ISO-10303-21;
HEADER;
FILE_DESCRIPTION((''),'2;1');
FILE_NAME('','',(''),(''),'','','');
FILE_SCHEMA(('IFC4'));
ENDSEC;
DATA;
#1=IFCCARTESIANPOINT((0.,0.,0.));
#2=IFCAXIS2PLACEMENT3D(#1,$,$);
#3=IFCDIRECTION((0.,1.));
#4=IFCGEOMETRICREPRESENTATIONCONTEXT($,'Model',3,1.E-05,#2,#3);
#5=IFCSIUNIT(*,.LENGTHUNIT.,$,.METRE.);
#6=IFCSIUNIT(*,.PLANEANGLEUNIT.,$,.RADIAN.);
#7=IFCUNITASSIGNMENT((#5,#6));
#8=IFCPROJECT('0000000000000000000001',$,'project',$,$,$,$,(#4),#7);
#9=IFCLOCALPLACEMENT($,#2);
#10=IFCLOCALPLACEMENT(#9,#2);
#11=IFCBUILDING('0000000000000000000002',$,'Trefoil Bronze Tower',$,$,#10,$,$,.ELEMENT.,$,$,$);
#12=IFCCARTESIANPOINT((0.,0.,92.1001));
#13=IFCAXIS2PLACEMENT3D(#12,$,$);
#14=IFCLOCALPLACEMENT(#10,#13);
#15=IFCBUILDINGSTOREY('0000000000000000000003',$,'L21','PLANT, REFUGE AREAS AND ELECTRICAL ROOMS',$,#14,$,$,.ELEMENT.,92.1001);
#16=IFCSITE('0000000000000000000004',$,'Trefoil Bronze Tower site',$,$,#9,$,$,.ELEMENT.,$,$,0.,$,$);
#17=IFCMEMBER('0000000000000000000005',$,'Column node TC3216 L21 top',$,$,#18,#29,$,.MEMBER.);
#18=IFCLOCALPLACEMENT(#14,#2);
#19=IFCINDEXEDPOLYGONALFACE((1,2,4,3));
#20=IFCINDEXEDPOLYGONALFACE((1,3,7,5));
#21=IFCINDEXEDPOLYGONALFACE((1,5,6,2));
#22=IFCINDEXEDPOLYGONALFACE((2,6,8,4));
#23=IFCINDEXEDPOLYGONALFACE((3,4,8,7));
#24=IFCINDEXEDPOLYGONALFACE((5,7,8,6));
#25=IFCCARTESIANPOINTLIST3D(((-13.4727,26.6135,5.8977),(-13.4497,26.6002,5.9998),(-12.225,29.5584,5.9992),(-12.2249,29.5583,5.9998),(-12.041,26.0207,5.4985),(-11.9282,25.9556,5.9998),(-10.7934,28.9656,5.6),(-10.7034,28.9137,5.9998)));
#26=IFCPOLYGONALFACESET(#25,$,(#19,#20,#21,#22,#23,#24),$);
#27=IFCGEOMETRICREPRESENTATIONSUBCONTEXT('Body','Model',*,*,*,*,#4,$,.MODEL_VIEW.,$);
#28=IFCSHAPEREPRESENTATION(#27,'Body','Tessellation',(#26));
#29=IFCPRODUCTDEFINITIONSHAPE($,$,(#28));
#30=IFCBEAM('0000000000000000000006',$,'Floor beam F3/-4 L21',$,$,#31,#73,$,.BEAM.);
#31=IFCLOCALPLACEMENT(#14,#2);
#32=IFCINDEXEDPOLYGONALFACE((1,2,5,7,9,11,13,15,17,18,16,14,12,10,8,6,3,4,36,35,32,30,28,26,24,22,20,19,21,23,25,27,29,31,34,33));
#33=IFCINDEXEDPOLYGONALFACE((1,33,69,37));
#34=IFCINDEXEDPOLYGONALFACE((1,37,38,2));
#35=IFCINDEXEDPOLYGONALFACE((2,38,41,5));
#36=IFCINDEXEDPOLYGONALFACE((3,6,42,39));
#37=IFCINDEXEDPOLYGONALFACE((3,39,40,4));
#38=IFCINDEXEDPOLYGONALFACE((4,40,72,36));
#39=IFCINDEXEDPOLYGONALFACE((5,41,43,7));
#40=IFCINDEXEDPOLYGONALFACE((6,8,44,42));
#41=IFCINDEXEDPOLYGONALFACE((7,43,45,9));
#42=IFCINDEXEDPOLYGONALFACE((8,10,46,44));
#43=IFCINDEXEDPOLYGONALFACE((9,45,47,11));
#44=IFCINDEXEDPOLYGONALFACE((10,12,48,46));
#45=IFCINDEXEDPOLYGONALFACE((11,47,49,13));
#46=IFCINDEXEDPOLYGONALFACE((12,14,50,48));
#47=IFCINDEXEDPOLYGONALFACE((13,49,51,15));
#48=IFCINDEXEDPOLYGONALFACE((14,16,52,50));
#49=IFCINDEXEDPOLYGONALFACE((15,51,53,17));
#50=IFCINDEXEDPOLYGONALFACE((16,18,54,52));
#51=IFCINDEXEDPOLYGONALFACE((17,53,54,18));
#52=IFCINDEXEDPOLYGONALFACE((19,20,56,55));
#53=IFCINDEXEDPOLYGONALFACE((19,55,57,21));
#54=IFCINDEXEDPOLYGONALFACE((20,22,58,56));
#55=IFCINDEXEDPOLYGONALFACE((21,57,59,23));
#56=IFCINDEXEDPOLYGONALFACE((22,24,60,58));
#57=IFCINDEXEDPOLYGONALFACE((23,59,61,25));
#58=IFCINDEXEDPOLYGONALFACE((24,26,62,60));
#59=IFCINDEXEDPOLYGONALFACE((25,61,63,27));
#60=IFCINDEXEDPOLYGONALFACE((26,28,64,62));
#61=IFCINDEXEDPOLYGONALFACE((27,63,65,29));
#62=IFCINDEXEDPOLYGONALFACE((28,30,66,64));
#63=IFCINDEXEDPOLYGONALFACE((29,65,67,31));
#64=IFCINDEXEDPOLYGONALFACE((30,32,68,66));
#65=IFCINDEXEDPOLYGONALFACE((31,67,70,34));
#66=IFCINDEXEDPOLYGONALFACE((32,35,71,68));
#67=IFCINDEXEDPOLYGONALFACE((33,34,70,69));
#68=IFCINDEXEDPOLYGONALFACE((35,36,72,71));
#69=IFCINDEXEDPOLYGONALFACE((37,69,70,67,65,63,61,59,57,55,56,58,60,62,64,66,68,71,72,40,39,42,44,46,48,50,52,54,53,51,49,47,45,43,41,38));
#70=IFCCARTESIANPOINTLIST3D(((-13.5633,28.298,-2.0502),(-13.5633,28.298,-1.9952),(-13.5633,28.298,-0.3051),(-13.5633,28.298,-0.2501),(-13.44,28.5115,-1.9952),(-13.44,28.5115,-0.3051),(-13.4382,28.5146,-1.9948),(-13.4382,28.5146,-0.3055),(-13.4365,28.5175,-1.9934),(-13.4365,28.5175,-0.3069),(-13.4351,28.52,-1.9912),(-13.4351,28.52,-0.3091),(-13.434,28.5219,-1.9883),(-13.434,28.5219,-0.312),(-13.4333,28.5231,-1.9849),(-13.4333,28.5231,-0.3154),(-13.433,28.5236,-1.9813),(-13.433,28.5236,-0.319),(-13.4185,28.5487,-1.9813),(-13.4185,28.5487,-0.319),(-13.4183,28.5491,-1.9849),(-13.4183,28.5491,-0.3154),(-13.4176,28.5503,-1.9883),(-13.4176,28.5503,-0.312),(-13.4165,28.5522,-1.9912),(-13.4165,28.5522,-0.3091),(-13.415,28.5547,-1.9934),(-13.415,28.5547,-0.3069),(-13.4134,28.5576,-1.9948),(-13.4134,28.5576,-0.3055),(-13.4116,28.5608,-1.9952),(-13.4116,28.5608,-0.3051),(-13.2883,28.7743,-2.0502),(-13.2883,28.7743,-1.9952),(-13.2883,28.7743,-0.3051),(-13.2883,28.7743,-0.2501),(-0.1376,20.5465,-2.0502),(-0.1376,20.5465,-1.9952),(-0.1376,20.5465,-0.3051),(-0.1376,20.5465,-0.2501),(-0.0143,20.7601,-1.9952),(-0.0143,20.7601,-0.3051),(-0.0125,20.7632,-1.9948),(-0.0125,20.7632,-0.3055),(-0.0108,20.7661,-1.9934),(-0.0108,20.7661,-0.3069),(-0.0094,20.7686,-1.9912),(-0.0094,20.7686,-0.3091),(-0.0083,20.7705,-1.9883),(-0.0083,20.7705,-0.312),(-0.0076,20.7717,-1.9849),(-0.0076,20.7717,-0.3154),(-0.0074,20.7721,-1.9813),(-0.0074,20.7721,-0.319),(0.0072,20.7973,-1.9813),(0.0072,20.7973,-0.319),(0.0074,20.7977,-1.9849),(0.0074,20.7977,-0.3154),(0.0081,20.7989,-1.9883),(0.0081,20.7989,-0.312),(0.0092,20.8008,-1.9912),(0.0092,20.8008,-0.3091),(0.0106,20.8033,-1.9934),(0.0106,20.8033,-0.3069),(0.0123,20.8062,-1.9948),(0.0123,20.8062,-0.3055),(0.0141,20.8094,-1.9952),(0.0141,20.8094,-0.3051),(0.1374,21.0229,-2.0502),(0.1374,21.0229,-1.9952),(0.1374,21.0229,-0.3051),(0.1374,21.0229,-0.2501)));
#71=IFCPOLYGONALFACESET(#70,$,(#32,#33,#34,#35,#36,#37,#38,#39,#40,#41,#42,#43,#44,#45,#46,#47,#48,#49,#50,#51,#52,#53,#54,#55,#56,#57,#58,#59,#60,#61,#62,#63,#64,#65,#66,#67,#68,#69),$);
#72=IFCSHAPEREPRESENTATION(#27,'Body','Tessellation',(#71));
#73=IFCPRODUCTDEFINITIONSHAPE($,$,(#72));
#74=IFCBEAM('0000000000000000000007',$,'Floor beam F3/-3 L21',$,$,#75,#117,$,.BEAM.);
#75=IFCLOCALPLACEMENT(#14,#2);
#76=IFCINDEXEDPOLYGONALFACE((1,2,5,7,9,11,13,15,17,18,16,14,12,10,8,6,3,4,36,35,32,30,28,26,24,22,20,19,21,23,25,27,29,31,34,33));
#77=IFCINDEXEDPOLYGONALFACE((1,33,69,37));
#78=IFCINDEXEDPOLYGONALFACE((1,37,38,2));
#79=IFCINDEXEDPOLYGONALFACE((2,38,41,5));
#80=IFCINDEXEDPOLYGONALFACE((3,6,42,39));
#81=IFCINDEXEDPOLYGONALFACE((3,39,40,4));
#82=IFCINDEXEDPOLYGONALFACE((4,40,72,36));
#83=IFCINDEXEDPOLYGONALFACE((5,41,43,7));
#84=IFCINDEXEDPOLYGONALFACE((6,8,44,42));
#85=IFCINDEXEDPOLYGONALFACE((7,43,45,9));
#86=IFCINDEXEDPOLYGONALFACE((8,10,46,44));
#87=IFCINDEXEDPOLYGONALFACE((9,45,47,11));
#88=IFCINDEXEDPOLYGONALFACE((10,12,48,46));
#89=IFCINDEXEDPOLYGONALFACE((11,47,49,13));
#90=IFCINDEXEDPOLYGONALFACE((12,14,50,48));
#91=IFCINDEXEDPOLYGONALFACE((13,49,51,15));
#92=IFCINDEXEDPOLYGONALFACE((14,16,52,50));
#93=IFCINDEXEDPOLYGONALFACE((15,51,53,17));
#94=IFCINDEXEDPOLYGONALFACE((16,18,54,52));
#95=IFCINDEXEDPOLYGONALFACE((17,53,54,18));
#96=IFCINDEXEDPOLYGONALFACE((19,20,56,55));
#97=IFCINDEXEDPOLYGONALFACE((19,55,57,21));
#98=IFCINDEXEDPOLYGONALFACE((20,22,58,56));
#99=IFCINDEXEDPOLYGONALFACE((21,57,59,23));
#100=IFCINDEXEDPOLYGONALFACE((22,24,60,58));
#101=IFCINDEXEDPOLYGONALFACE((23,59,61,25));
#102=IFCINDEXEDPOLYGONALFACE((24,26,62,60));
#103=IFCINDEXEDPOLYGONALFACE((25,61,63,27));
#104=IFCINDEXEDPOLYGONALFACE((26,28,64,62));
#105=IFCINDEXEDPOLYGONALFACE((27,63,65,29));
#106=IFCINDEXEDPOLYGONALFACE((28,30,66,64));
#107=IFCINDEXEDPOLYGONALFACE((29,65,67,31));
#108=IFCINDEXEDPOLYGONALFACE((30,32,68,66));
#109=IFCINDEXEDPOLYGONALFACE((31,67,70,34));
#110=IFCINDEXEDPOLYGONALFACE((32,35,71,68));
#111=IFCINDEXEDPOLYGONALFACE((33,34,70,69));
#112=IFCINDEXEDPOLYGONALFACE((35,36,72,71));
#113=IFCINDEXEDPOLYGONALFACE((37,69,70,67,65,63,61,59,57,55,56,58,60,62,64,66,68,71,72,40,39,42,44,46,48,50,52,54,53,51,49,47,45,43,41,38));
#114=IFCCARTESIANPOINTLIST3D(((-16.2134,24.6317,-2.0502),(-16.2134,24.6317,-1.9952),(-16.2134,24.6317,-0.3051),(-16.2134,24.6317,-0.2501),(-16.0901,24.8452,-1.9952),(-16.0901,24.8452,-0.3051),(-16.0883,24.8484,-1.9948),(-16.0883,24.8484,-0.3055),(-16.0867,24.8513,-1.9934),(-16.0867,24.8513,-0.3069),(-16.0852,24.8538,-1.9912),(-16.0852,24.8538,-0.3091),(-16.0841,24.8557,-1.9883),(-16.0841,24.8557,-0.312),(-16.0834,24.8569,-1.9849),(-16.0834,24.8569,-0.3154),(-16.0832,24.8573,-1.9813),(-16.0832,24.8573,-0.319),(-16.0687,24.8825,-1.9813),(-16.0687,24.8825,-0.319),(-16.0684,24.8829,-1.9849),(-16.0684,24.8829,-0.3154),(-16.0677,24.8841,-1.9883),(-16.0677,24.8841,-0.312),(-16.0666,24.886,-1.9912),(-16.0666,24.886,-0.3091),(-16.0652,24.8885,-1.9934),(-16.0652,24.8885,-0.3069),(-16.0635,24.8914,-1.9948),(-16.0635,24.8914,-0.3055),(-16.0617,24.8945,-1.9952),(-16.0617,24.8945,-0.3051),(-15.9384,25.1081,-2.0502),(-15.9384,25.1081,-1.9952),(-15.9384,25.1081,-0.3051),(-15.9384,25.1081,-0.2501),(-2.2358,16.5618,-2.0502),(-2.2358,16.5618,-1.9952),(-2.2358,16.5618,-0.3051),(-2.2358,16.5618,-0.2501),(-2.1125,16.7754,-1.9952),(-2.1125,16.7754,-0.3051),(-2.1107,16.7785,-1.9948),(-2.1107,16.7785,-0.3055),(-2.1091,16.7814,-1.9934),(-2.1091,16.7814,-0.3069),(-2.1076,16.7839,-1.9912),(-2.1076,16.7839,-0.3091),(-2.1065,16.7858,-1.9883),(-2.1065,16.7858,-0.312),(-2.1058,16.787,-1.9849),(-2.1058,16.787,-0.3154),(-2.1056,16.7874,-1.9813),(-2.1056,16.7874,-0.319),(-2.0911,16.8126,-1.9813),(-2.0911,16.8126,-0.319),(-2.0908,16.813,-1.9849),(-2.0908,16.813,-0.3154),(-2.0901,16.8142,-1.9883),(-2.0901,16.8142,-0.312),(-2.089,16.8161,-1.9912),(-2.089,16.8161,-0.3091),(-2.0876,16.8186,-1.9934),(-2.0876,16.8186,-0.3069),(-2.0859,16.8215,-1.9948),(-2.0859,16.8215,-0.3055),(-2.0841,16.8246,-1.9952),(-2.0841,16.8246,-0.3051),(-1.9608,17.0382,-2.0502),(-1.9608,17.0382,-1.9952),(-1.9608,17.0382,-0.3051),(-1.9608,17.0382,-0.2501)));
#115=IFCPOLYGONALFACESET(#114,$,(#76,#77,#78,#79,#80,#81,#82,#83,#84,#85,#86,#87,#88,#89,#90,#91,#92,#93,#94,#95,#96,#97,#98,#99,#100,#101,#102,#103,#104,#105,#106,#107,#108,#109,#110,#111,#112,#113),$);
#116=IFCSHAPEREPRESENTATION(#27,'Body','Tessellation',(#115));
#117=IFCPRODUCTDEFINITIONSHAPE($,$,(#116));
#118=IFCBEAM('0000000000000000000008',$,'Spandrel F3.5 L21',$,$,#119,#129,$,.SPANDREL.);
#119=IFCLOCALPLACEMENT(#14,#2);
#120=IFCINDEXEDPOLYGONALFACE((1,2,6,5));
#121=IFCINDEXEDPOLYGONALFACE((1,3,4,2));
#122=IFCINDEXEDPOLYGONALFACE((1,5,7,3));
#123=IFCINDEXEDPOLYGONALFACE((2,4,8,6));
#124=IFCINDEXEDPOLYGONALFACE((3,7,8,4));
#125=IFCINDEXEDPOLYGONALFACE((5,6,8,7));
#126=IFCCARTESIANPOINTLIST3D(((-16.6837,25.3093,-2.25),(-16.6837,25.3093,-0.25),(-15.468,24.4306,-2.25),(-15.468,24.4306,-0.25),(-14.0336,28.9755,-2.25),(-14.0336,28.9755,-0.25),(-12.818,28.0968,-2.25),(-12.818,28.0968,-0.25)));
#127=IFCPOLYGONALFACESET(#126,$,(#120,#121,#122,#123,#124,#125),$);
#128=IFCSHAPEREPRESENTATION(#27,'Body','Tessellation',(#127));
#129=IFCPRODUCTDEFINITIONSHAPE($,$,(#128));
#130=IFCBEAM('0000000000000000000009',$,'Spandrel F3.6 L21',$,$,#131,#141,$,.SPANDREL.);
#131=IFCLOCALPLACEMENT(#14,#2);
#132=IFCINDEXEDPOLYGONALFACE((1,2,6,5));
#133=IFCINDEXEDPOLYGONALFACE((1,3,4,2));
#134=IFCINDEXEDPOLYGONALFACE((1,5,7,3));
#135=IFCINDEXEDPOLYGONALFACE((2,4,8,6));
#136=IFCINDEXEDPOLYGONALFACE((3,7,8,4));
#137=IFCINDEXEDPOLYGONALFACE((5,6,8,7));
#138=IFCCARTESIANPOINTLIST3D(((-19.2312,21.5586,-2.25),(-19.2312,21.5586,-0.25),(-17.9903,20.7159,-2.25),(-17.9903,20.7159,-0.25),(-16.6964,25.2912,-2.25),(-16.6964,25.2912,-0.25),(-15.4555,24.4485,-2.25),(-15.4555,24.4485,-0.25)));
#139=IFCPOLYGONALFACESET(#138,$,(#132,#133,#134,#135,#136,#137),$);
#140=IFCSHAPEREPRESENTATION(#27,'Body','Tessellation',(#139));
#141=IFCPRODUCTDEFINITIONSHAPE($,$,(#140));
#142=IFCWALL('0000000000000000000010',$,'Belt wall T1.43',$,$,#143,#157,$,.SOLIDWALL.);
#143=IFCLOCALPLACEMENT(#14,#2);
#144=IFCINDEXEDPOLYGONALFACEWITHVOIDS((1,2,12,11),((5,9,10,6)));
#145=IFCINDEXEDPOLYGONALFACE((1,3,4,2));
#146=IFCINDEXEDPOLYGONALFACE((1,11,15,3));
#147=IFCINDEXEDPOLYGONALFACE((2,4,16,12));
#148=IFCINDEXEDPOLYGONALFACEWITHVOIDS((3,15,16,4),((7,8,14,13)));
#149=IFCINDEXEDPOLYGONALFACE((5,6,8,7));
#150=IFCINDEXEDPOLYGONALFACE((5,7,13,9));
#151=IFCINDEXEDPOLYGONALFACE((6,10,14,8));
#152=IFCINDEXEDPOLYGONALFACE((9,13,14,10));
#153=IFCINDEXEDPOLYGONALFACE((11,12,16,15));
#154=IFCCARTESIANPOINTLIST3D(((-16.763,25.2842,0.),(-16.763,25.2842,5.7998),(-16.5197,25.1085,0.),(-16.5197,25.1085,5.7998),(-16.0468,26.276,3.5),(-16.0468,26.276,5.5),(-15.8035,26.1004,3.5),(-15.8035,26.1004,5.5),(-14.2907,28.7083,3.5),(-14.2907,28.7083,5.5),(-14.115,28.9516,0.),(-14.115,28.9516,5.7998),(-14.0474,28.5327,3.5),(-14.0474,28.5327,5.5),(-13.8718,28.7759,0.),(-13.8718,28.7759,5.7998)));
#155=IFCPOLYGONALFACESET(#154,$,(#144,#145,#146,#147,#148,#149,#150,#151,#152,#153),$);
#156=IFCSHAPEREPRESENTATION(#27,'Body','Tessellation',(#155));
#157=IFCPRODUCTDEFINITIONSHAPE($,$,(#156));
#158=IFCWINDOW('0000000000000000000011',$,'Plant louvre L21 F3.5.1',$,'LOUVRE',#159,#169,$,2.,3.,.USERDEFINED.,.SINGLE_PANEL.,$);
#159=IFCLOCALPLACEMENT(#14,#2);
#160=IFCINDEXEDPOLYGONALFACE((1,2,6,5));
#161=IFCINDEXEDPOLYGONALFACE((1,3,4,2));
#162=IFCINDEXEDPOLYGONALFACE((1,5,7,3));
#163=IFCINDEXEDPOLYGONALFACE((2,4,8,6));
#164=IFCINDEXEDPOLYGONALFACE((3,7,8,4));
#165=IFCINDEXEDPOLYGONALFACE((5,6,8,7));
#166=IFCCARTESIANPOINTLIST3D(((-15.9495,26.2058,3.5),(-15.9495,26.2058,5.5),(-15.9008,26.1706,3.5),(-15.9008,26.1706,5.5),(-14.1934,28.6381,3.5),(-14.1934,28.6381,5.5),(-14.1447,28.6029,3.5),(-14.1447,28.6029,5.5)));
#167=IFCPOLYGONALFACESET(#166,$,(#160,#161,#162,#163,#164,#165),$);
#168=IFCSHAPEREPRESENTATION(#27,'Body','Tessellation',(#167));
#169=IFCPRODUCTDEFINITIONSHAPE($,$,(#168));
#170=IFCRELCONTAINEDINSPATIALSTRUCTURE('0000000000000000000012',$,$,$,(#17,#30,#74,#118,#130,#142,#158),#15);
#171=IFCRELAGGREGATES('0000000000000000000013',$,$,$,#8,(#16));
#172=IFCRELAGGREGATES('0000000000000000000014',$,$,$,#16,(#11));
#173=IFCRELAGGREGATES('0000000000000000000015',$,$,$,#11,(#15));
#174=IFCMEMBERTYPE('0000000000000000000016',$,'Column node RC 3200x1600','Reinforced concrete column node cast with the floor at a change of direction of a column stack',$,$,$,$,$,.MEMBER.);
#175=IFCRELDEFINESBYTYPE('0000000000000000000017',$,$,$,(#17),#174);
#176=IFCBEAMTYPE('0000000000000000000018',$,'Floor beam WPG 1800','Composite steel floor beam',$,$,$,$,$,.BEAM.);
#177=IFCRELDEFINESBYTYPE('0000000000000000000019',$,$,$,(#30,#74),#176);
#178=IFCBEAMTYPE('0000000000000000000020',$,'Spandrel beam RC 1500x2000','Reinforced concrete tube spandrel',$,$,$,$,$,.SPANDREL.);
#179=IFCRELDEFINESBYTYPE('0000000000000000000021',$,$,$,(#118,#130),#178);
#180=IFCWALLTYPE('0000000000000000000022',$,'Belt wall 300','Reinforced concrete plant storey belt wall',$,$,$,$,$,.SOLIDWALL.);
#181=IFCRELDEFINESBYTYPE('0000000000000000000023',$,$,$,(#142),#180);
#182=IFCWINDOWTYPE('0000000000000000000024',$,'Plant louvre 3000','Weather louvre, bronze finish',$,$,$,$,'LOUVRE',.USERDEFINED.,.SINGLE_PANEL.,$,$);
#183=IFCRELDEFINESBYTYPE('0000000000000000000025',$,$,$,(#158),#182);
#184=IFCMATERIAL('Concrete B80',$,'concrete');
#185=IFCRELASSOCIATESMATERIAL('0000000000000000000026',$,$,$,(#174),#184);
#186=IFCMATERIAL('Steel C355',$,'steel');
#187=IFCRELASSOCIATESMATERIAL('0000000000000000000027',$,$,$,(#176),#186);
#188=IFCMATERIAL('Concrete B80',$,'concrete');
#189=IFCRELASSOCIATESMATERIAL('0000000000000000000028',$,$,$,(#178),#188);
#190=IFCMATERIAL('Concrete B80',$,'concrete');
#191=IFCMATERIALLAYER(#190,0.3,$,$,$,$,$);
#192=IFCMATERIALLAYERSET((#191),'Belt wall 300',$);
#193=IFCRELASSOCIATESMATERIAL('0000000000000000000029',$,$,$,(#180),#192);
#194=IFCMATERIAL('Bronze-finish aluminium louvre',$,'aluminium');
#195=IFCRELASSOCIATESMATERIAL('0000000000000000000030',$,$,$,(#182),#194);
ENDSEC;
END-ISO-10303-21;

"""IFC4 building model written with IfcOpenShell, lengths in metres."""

from ifc_helpers import new_model, si_unit, direction, frame, frame_2d, origin, origin_2d, place, context, subcontext, project, spatial, rectangle, i_section, extrude, clip, halfspace, material, layer, layer_set, material_profile, profile_set, type_object, element, fill, save


model = new_model("IFC4")

# Units and contexts
model_context = context("Model", 3, precision=1e-05, world=origin(), true_north=direction((0.0, 1.0)))
body_context = subcontext(model_context, "Body", "Model", "MODEL_VIEW")
ifc_project = project(units=[si_unit("LENGTHUNIT", "METRE"), si_unit("PLANEANGLEUNIT", "RADIAN")], contexts=[model_context])

# Site, building, storey
site_placement = place(None, origin())
site = spatial("IfcSite", under=ifc_project, at=site_placement, Name="Trefoil Bronze Tower site", CompositionType="ELEMENT", RefElevation=0.0)
building_placement = place(site_placement, origin())
building = spatial("IfcBuilding", under=site, at=building_placement, Name="Trefoil Bronze Tower", CompositionType="ELEMENT")
storey_placement = place(building_placement, frame((0.0, 0.0, 92.1001)))
storey = spatial("IfcBuildingStorey", under=building, at=storey_placement, Name="L21", Description="PLANT, REFUGE AREAS AND ELECTRICAL ROOMS", CompositionType="ELEMENT", Elevation=92.1001)

# Member
ifc_material_1 = material(Name="Concrete B80", Category="concrete")
ifc_material_profile_1 = material_profile(ifc_material_1, rectangle(XDim=3.2, YDim=1.6001, at=origin_2d()), Name="RC 3200x1600")
ifc_profile_set_1 = profile_set([ifc_material_profile_1], Name="Concrete B80")
member_type_1 = type_object("IfcMemberType", Name="Column node RC 3200x1600", Description="Reinforced concrete column node cast with the floor at a change of direction of a column stack", PredefinedType="MEMBER", material=ifc_profile_set_1)
member_1_placement = place(storey_placement, frame((-12.02, 27.7244, 6.251), z_axis=(-0.217851, 0.125629, -0.967863), x_axis=(0.389898, 0.920312, 0.031697)))
element("IfcMember", 1, at=member_1_placement, inside=storey, type_object=member_type_1, Name="Column node TC3216 L21 top", PredefinedType="MEMBER", context=body_context, shape_type="Clipping", body=[
    clip(extrude(rectangle(XDim=3.2, YDim=1.6001, at=origin_2d()), origin(), (0.0, 0.0, 1.0), 0.5188), halfspace(frame((0.0, 0.0, 0.2595), z_axis=(-0.031697, 0.249474, 0.967863), x_axis=(0.0, 0.968349, -0.249599)), True)),
])

# Beams
ifc_material_2 = material(Name="Steel C355", Category="steel")
ifc_material_profile_2 = material_profile(ifc_material_2, i_section(OverallWidth=0.55, OverallDepth=1.8, WebThickness=0.0291, FlangeThickness=0.0549, FilletRadius=0.0139, at=origin_2d()), Name="WPG 1800")
ifc_profile_set_2 = profile_set([ifc_material_profile_2], Name="Steel C355")
beam_type_1 = type_object("IfcBeamType", Name="Floor beam WPG 1800", Description="Composite steel floor beam", PredefinedType="BEAM", material=ifc_profile_set_2)
beam_1_placement = place(storey_placement, frame((-13.4258, 28.5361, -1.1501), z_axis=(0.866023, -0.500004, 0.0), x_axis=(0.500004, 0.866023, 0.0)))
element("IfcBeam", 2, at=beam_1_placement, inside=storey, type_object=beam_type_1, Name="Floor beam F3/-4 L21", PredefinedType="BEAM", context=body_context, shape_type="SweptSolid", body=[
    extrude(i_section(OverallWidth=0.55, OverallDepth=1.8, WebThickness=0.0291, FlangeThickness=0.0549, FilletRadius=0.0139, at=origin_2d()), origin(), (0.0, 0.0, 1.0), 15.5027),
])
beam_2_placement = place(storey_placement, frame((-16.0759, 24.8699, -1.1501), z_axis=(0.866028, -0.499995, 0.0), x_axis=(0.499995, 0.866028, 0.0)))
element("IfcBeam", 3, at=beam_2_placement, inside=storey, type_object=beam_type_1, Name="Floor beam F3/-3 L21", PredefinedType="BEAM", context=body_context, shape_type="SweptSolid", body=[
    extrude(i_section(OverallWidth=0.55, OverallDepth=1.8, WebThickness=0.0291, FlangeThickness=0.0549, FilletRadius=0.0139, at=origin_2d()), origin(), (0.0, 0.0, 1.0), 16.1399),
])
ifc_material_3 = material(Name="Concrete B80", Category="concrete")
ifc_material_profile_3 = material_profile(ifc_material_3, rectangle(XDim=1.5, YDim=2.0, at=origin_2d()), Name="RC 1500x2000")
ifc_profile_set_3 = profile_set([ifc_material_profile_3], Name="Concrete B80")
beam_type_2 = type_object("IfcBeamType", Name="Spandrel beam RC 1500x2000", Description="Reinforced concrete tube spandrel", PredefinedType="SPANDREL", material=ifc_profile_set_3)
beam_3_placement = place(storey_placement, frame((-13.4258, 28.5361, -1.25), z_axis=(-0.585824, -0.810439, 0.0), x_axis=(0.810439, -0.585824, 0.0)))
element("IfcBeam", 4, at=beam_3_placement, inside=storey, type_object=beam_type_2, Name="Spandrel F3.5 L21", PredefinedType="SPANDREL", context=body_context, shape_type="SweptSolid", body=[
    extrude(rectangle(XDim=1.5, YDim=2.0, at=origin_2d()), origin(), (0.0, 0.0, 1.0), 4.5237),
])
beam_4_placement = place(storey_placement, frame((-16.0759, 24.8699, -1.25), z_axis=(-0.56181, -0.827267, 0.0), x_axis=(0.827267, -0.56181, 0.0)))
element("IfcBeam", 5, at=beam_4_placement, inside=storey, type_object=beam_type_2, Name="Spandrel F3.6 L21", PredefinedType="SPANDREL", context=body_context, shape_type="SweptSolid", body=[
    extrude(rectangle(XDim=1.5, YDim=2.0, at=origin_2d()), origin(), (0.0, 0.0, 1.0), 4.512),
])

# Wall, opening, window
ifc_material_4 = material(Name="Concrete B80", Category="concrete")
ifc_layer_1 = layer(ifc_material_4, 0.3)
ifc_layer_set_1 = layer_set([ifc_layer_1], Name="Belt wall 300")
wall_type = type_object("IfcWallType", Name="Belt wall 300", Description="Reinforced concrete plant storey belt wall", PredefinedType="SOLIDWALL", material=ifc_layer_set_1)
wall_1_placement = place(storey_placement, frame((-13.9934, 28.8638, 0.0), z_axis=(0.0, 0.0, 1.0), x_axis=(-0.585376, -0.810762, 0.0)))
wall_1 = element("IfcWall", 6, at=wall_1_placement, inside=storey, type_object=wall_type, Name="Belt wall T1.43", PredefinedType="SOLIDWALL", context=body_context, shape_type="SweptSolid", body=[
    extrude(rectangle(XDim=4.5234, YDim=0.3, at=frame_2d((2.2617, 0.0))), origin(), (0.0, 0.0, 1.0), 5.7998),
])
opening_1_placement = place(wall_1_placement, frame((0.3, 0.0, 3.5)))
opening_1 = element("IfcOpeningElement", 7, at=opening_1_placement, cuts=wall_1, PredefinedType="OPENING", context=body_context, shape_type="SweptSolid", body=[
    extrude(rectangle(XDim=3.0, YDim=2.0, at=frame_2d((1.5, 1.0))), frame((0.0, 0.1599, 0.0), z_axis=(0.0, -1.0, 0.0), x_axis=(1.0, 0.0, 0.0)), (0.0, 0.0, 1.0), 0.3201),
])
ifc_material_5 = material(Name="Bronze-finish aluminium louvre", Category="aluminium")
window_type = type_object("IfcWindowType", Name="Plant louvre 3000", Description="Weather louvre, bronze finish", ElementType="LOUVRE", PartitioningType="SINGLE_PANEL", PredefinedType="USERDEFINED", material=ifc_material_5)
window_1_placement = place(opening_1_placement, origin())
window_1 = element("IfcWindow", 8, at=window_1_placement, inside=storey, type_object=window_type, Name="Plant louvre L21 F3.5.1", ObjectType="LOUVRE", OverallHeight=2.0, OverallWidth=3.0, PartitioningType="SINGLE_PANEL", PredefinedType="USERDEFINED", context=body_context, shape_type="SweptSolid", body=[
    extrude(rectangle(XDim=3.0, YDim=2.0, at=frame_2d((1.5, 1.0))), frame((0.0, 0.03, 0.0), z_axis=(0.0, -1.0, 0.0), x_axis=(1.0, 0.0, 0.0)), (0.0, 0.0, 1.0), 0.0601),
])
fill(opening_1, window_1)

save(model, "model.ifc")
